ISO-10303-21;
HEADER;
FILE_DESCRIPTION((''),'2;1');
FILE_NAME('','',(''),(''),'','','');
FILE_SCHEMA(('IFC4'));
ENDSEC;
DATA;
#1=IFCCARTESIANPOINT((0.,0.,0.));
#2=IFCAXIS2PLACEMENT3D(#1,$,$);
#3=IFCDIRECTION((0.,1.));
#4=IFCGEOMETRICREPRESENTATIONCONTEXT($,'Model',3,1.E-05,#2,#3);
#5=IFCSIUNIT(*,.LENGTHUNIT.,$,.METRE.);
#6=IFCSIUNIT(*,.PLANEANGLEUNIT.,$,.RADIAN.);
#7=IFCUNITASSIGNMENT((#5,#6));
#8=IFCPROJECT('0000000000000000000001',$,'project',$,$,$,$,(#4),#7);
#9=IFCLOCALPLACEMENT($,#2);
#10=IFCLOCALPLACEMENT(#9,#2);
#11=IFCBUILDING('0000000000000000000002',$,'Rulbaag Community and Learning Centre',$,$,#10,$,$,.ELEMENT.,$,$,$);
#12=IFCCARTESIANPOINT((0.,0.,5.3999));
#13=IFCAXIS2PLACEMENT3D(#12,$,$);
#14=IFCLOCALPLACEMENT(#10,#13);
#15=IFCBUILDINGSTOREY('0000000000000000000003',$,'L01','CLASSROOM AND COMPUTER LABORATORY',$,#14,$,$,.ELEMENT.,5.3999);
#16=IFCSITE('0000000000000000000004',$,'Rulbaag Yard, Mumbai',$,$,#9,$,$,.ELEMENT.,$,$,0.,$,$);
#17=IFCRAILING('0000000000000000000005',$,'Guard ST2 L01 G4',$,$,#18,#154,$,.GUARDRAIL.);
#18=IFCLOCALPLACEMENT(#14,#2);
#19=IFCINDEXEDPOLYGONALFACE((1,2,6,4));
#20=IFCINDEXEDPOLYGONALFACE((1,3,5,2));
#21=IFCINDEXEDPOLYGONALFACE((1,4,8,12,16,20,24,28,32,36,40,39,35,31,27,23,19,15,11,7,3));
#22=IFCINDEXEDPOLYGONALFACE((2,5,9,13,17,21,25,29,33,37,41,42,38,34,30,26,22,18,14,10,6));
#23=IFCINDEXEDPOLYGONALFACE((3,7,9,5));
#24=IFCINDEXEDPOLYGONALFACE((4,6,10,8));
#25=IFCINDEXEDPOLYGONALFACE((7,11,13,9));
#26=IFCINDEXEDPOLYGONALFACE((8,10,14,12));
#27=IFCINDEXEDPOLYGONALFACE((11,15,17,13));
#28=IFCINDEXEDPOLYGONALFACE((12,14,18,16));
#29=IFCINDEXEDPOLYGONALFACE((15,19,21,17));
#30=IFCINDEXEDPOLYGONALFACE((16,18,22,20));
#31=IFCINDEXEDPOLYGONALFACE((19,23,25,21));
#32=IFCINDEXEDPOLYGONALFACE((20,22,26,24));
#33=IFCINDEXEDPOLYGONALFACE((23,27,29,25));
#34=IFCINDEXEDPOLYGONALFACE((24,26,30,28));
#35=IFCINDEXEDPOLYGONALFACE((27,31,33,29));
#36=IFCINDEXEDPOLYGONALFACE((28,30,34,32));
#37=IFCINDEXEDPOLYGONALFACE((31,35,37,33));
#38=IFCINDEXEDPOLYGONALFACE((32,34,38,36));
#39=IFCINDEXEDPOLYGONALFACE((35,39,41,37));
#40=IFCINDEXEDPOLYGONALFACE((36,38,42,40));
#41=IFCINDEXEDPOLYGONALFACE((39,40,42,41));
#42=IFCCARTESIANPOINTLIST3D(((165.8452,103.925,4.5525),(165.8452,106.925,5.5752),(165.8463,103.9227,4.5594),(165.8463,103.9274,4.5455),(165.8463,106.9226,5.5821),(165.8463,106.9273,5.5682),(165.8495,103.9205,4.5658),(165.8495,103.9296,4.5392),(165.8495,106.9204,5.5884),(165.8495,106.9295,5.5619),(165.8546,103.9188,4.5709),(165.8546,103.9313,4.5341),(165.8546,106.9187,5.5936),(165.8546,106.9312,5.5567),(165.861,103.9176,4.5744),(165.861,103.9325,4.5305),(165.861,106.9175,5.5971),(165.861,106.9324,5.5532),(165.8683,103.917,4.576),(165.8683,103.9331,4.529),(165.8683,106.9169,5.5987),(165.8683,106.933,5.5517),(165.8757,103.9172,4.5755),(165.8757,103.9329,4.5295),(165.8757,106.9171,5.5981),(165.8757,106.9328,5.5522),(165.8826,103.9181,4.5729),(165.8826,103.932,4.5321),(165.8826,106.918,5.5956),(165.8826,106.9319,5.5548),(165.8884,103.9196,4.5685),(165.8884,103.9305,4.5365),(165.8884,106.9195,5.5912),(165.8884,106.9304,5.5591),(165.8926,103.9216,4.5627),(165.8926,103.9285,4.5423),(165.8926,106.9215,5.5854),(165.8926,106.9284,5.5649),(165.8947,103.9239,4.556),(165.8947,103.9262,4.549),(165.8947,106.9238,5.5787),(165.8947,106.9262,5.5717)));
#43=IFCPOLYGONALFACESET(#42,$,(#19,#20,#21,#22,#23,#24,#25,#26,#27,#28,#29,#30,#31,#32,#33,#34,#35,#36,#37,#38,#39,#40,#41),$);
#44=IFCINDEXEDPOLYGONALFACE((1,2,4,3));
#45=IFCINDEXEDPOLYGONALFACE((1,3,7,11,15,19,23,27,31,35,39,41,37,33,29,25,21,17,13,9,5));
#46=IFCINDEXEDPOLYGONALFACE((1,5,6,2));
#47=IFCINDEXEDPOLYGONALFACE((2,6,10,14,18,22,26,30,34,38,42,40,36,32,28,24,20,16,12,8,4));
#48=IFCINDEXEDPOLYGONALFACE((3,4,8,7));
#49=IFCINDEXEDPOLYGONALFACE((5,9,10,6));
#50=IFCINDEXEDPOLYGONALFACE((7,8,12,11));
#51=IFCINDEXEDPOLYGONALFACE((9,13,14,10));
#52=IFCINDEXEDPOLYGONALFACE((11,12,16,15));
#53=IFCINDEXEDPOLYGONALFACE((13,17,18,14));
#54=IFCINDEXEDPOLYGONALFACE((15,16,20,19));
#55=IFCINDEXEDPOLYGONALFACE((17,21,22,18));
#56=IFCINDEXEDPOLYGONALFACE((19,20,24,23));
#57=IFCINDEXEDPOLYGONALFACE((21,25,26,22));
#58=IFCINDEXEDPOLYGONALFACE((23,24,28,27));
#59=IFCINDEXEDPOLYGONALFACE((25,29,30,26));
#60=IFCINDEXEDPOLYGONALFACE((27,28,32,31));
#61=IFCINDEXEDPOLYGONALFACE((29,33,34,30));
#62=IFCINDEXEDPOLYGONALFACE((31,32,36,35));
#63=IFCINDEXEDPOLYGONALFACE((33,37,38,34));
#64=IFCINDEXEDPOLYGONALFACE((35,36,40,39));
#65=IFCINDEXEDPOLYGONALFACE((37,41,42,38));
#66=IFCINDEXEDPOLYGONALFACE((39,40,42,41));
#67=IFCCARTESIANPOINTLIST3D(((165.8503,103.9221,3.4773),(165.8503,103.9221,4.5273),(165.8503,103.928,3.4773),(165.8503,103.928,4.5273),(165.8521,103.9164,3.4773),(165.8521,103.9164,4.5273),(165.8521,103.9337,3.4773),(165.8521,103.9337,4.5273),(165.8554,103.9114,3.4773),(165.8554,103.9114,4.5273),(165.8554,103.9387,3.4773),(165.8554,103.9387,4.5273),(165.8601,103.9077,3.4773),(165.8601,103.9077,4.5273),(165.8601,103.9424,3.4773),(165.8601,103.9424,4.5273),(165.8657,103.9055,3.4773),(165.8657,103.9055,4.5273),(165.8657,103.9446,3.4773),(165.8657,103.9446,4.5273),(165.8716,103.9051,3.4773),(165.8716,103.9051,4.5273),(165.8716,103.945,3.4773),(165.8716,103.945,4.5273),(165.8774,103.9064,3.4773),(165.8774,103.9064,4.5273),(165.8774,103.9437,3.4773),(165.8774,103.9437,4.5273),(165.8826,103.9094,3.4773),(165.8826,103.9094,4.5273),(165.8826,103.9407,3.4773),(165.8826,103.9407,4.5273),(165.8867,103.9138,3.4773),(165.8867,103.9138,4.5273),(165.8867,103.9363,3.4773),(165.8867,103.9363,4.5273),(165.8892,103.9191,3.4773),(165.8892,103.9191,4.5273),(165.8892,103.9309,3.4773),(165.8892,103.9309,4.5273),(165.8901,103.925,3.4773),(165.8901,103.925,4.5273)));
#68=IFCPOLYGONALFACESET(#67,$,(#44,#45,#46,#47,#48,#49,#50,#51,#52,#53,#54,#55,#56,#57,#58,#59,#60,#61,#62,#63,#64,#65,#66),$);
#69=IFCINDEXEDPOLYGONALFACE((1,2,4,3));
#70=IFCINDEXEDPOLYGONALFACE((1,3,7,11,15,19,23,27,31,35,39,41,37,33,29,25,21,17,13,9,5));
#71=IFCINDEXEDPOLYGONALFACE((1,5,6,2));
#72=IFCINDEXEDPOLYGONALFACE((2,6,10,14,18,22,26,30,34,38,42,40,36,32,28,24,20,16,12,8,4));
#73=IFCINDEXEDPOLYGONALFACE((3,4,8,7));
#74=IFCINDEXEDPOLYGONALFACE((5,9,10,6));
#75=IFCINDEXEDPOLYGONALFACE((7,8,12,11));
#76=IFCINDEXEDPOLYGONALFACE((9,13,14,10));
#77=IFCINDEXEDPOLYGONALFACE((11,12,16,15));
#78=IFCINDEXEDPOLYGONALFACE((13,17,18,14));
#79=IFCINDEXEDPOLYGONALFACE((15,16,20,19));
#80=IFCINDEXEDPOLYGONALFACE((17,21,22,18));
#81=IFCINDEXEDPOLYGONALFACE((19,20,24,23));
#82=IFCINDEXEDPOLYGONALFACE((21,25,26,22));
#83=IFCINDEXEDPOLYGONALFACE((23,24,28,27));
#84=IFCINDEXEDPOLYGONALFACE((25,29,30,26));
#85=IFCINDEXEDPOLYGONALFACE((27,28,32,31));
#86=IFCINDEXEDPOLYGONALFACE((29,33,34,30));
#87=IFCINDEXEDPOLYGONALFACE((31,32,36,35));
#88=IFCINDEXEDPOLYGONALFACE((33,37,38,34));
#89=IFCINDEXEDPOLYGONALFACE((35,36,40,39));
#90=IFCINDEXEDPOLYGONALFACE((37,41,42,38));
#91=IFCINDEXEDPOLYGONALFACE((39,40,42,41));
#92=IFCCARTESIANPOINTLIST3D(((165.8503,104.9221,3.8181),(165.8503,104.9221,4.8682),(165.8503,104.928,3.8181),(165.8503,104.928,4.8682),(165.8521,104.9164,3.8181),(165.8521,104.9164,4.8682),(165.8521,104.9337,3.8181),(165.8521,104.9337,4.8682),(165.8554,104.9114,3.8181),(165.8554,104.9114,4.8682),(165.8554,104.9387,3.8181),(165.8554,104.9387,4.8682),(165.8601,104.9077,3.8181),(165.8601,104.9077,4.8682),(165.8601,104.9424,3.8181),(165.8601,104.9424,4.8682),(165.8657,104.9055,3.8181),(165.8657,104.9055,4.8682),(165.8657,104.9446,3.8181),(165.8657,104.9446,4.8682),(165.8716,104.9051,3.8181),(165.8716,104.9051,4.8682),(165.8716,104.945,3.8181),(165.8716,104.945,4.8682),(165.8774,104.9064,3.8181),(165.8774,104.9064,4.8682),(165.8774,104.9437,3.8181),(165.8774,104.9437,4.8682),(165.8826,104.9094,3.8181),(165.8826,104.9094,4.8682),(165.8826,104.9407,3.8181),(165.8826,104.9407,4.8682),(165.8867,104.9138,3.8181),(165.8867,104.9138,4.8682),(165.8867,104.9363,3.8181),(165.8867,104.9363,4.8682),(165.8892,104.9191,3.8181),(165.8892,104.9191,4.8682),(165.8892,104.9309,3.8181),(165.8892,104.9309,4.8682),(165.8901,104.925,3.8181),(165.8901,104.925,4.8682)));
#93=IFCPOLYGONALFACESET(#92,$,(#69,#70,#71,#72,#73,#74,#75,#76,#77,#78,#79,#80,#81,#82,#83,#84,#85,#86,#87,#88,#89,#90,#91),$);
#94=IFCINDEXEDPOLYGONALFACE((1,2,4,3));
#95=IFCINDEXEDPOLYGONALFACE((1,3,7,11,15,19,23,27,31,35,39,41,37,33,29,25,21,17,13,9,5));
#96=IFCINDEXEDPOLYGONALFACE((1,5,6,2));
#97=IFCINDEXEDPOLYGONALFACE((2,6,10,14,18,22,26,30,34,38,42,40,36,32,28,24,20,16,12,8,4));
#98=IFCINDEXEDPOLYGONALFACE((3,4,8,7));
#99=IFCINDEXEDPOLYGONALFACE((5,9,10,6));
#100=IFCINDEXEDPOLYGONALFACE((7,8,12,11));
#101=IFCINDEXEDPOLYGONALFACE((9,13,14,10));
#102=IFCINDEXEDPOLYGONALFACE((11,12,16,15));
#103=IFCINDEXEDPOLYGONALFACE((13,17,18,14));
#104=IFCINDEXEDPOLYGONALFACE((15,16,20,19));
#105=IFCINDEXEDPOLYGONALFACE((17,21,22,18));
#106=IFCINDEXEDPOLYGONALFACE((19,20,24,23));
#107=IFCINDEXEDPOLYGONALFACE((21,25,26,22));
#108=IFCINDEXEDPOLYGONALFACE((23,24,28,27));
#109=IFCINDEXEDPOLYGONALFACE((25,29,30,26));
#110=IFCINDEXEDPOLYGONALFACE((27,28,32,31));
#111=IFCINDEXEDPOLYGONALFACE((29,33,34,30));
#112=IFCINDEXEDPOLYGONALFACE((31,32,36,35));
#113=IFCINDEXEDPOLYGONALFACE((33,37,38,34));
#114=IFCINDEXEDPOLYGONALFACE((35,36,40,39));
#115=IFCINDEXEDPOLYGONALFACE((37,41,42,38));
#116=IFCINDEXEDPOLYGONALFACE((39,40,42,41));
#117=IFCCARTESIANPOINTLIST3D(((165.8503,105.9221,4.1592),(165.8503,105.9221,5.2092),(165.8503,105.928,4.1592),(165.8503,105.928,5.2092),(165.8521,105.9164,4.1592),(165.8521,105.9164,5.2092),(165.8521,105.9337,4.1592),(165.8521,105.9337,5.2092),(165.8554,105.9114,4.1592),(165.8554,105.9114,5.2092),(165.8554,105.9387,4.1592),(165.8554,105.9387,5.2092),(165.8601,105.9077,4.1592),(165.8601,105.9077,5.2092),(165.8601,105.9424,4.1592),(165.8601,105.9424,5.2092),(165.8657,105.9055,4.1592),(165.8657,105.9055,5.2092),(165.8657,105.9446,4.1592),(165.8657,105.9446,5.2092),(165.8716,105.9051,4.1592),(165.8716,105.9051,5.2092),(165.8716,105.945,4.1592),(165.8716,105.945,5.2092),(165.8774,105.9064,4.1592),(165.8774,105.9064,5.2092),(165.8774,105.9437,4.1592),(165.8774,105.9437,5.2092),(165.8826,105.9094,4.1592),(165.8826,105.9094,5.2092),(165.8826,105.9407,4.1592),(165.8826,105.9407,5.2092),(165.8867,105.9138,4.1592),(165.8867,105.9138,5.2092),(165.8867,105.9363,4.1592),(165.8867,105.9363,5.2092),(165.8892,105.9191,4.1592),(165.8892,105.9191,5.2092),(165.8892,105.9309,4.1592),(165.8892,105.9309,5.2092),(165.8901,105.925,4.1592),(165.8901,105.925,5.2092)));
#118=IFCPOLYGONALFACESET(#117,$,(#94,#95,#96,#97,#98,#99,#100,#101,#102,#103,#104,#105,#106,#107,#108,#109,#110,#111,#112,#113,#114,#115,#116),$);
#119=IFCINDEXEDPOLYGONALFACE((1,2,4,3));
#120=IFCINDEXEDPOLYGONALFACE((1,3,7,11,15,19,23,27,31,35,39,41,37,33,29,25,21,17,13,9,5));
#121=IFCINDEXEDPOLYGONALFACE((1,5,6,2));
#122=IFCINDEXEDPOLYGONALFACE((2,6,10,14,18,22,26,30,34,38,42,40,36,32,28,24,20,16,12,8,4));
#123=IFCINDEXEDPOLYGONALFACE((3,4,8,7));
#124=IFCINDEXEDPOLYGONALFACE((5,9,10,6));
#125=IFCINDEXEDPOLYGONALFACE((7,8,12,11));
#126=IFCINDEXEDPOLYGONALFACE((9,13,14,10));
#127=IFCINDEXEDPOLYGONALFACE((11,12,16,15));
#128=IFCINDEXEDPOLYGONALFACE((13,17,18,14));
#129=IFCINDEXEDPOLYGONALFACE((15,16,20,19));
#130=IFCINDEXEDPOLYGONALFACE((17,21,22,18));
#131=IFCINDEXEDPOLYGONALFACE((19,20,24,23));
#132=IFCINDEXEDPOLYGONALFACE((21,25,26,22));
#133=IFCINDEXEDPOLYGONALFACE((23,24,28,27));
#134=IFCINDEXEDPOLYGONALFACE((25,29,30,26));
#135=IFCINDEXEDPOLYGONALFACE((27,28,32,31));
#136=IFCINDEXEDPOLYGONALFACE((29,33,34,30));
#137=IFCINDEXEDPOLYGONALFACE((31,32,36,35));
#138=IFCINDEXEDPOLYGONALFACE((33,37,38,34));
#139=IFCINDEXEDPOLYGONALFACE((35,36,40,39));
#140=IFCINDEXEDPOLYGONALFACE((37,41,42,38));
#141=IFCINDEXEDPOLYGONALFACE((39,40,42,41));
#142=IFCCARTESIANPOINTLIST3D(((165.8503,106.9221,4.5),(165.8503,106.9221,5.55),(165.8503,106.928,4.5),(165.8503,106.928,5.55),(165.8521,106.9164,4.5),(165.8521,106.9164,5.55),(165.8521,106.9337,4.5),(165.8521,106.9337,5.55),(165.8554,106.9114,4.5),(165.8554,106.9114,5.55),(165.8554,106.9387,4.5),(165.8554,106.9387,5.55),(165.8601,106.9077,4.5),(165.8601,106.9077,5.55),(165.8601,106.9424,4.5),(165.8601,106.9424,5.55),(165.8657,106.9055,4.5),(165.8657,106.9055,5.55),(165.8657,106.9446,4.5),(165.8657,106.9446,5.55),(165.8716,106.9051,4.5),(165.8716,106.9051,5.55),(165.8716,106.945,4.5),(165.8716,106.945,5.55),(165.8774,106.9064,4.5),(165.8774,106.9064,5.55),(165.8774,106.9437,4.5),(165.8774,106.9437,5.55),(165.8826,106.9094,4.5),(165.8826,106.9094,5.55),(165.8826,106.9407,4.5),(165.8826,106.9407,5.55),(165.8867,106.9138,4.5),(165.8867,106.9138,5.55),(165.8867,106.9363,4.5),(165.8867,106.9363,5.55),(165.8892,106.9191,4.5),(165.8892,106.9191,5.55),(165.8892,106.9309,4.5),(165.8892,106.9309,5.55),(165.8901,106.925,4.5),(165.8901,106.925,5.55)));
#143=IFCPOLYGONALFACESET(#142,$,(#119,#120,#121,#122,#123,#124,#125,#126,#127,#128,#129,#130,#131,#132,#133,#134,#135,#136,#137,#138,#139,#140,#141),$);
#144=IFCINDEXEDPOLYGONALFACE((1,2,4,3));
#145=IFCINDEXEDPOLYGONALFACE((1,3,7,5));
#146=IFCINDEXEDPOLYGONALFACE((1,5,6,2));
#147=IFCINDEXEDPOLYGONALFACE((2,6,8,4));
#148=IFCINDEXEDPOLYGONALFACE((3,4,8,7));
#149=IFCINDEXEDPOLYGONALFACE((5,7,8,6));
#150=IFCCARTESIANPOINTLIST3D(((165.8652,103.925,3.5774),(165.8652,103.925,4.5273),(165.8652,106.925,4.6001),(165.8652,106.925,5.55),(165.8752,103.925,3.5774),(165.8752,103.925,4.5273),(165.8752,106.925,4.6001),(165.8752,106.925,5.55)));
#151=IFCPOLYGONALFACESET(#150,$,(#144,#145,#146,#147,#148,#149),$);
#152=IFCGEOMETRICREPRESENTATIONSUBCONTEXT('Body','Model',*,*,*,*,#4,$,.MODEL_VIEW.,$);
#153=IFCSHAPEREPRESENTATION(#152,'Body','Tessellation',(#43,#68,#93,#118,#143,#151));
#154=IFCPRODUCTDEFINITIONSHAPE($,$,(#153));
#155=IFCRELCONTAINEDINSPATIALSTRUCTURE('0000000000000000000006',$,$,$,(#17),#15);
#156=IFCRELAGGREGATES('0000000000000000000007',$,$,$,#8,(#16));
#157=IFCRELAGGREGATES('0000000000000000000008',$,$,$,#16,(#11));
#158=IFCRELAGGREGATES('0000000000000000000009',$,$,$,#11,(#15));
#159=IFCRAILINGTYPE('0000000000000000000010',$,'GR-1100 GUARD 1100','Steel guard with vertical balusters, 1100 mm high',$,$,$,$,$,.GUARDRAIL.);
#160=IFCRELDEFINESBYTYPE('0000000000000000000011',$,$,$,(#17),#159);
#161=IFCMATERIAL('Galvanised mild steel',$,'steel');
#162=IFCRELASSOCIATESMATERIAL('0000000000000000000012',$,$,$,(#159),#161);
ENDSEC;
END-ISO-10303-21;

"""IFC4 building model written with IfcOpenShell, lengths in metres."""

from ifc_helpers import new_model, si_unit, direction, frame, origin, origin_2d, place, context, subcontext, project, spatial, polyline, circle, outline, extrude, material, type_object, element, save


model = new_model("IFC4")

# Units and contexts
model_context = context("Model", 3, precision=1e-05, world=origin(), true_north=direction((0.0, 1.0)))
body_context = subcontext(model_context, "Body", "Model", "MODEL_VIEW")
ifc_project = project(units=[si_unit("LENGTHUNIT", "METRE"), si_unit("PLANEANGLEUNIT", "RADIAN")], contexts=[model_context])

# Site, building, storey
site_placement = place(None, origin())
site = spatial("IfcSite", under=ifc_project, at=site_placement, Name="Rulbaag Yard, Mumbai", CompositionType="ELEMENT", RefElevation=0.0)
building_placement = place(site_placement, origin())
building = spatial("IfcBuilding", under=site, at=building_placement, Name="Rulbaag Community and Learning Centre", CompositionType="ELEMENT")
storey_placement = place(building_placement, frame((0.0, 0.0, 5.3999)))
storey = spatial("IfcBuildingStorey", under=building, at=storey_placement, Name="L01", Description="CLASSROOM AND COMPUTER LABORATORY", CompositionType="ELEMENT", Elevation=5.3999)

# Railing
ifc_material_1 = material(Name="Galvanised mild steel", Category="steel")
railing_type_1 = type_object("IfcRailingType", Name="GR-1100 GUARD 1100", Description="Steel guard with vertical balusters, 1100 mm high", PredefinedType="GUARDRAIL", material=ifc_material_1)
railing_1_placement = place(storey_placement, frame((165.8701, 103.925, 3.4773)))
element("IfcRailing", 1, at=railing_1_placement, inside=storey, type_object=railing_type_1, Name="Guard ST2 L01 G4", PredefinedType="GUARDRAIL", context=body_context, shape_type="SweptSolid", body=[
    extrude(circle(Radius=0.0249, at=origin_2d()), frame((0.0, 0.0, 1.0752), z_axis=(0.0, 0.946512, 0.322668), x_axis=(-1.0, 0.0, 0.0)), (0.0, 0.0, 1.0), 3.1694),
    extrude(circle(Radius=0.02, at=origin_2d()), origin(), (0.0, 0.0, 1.0), 1.05),
    extrude(circle(Radius=0.02, at=origin_2d()), frame((0.0, 1.0, 0.3408)), (0.0, 0.0, 1.0), 1.05),
    extrude(circle(Radius=0.02, at=origin_2d()), frame((0.0, 2.0, 0.6819)), (0.0, 0.0, 1.0), 1.05),
    extrude(circle(Radius=0.02, at=origin_2d()), frame((0.0, 3.0, 1.0227)), (0.0, 0.0, 1.0), 1.05),
    extrude(outline(polyline([(0.0, 0.0), (3.0, 1.0227), (3.0, 1.9727), (0.0, 0.95), (0.0, 0.0)])), frame((-0.0049, 0.0, 0.1001), z_axis=(1.0, 0.0, 0.0), x_axis=(0.0, 1.0, 0.0)), (0.0, 0.0, 1.0), 0.01),
])

save(model, "model.ifc")
